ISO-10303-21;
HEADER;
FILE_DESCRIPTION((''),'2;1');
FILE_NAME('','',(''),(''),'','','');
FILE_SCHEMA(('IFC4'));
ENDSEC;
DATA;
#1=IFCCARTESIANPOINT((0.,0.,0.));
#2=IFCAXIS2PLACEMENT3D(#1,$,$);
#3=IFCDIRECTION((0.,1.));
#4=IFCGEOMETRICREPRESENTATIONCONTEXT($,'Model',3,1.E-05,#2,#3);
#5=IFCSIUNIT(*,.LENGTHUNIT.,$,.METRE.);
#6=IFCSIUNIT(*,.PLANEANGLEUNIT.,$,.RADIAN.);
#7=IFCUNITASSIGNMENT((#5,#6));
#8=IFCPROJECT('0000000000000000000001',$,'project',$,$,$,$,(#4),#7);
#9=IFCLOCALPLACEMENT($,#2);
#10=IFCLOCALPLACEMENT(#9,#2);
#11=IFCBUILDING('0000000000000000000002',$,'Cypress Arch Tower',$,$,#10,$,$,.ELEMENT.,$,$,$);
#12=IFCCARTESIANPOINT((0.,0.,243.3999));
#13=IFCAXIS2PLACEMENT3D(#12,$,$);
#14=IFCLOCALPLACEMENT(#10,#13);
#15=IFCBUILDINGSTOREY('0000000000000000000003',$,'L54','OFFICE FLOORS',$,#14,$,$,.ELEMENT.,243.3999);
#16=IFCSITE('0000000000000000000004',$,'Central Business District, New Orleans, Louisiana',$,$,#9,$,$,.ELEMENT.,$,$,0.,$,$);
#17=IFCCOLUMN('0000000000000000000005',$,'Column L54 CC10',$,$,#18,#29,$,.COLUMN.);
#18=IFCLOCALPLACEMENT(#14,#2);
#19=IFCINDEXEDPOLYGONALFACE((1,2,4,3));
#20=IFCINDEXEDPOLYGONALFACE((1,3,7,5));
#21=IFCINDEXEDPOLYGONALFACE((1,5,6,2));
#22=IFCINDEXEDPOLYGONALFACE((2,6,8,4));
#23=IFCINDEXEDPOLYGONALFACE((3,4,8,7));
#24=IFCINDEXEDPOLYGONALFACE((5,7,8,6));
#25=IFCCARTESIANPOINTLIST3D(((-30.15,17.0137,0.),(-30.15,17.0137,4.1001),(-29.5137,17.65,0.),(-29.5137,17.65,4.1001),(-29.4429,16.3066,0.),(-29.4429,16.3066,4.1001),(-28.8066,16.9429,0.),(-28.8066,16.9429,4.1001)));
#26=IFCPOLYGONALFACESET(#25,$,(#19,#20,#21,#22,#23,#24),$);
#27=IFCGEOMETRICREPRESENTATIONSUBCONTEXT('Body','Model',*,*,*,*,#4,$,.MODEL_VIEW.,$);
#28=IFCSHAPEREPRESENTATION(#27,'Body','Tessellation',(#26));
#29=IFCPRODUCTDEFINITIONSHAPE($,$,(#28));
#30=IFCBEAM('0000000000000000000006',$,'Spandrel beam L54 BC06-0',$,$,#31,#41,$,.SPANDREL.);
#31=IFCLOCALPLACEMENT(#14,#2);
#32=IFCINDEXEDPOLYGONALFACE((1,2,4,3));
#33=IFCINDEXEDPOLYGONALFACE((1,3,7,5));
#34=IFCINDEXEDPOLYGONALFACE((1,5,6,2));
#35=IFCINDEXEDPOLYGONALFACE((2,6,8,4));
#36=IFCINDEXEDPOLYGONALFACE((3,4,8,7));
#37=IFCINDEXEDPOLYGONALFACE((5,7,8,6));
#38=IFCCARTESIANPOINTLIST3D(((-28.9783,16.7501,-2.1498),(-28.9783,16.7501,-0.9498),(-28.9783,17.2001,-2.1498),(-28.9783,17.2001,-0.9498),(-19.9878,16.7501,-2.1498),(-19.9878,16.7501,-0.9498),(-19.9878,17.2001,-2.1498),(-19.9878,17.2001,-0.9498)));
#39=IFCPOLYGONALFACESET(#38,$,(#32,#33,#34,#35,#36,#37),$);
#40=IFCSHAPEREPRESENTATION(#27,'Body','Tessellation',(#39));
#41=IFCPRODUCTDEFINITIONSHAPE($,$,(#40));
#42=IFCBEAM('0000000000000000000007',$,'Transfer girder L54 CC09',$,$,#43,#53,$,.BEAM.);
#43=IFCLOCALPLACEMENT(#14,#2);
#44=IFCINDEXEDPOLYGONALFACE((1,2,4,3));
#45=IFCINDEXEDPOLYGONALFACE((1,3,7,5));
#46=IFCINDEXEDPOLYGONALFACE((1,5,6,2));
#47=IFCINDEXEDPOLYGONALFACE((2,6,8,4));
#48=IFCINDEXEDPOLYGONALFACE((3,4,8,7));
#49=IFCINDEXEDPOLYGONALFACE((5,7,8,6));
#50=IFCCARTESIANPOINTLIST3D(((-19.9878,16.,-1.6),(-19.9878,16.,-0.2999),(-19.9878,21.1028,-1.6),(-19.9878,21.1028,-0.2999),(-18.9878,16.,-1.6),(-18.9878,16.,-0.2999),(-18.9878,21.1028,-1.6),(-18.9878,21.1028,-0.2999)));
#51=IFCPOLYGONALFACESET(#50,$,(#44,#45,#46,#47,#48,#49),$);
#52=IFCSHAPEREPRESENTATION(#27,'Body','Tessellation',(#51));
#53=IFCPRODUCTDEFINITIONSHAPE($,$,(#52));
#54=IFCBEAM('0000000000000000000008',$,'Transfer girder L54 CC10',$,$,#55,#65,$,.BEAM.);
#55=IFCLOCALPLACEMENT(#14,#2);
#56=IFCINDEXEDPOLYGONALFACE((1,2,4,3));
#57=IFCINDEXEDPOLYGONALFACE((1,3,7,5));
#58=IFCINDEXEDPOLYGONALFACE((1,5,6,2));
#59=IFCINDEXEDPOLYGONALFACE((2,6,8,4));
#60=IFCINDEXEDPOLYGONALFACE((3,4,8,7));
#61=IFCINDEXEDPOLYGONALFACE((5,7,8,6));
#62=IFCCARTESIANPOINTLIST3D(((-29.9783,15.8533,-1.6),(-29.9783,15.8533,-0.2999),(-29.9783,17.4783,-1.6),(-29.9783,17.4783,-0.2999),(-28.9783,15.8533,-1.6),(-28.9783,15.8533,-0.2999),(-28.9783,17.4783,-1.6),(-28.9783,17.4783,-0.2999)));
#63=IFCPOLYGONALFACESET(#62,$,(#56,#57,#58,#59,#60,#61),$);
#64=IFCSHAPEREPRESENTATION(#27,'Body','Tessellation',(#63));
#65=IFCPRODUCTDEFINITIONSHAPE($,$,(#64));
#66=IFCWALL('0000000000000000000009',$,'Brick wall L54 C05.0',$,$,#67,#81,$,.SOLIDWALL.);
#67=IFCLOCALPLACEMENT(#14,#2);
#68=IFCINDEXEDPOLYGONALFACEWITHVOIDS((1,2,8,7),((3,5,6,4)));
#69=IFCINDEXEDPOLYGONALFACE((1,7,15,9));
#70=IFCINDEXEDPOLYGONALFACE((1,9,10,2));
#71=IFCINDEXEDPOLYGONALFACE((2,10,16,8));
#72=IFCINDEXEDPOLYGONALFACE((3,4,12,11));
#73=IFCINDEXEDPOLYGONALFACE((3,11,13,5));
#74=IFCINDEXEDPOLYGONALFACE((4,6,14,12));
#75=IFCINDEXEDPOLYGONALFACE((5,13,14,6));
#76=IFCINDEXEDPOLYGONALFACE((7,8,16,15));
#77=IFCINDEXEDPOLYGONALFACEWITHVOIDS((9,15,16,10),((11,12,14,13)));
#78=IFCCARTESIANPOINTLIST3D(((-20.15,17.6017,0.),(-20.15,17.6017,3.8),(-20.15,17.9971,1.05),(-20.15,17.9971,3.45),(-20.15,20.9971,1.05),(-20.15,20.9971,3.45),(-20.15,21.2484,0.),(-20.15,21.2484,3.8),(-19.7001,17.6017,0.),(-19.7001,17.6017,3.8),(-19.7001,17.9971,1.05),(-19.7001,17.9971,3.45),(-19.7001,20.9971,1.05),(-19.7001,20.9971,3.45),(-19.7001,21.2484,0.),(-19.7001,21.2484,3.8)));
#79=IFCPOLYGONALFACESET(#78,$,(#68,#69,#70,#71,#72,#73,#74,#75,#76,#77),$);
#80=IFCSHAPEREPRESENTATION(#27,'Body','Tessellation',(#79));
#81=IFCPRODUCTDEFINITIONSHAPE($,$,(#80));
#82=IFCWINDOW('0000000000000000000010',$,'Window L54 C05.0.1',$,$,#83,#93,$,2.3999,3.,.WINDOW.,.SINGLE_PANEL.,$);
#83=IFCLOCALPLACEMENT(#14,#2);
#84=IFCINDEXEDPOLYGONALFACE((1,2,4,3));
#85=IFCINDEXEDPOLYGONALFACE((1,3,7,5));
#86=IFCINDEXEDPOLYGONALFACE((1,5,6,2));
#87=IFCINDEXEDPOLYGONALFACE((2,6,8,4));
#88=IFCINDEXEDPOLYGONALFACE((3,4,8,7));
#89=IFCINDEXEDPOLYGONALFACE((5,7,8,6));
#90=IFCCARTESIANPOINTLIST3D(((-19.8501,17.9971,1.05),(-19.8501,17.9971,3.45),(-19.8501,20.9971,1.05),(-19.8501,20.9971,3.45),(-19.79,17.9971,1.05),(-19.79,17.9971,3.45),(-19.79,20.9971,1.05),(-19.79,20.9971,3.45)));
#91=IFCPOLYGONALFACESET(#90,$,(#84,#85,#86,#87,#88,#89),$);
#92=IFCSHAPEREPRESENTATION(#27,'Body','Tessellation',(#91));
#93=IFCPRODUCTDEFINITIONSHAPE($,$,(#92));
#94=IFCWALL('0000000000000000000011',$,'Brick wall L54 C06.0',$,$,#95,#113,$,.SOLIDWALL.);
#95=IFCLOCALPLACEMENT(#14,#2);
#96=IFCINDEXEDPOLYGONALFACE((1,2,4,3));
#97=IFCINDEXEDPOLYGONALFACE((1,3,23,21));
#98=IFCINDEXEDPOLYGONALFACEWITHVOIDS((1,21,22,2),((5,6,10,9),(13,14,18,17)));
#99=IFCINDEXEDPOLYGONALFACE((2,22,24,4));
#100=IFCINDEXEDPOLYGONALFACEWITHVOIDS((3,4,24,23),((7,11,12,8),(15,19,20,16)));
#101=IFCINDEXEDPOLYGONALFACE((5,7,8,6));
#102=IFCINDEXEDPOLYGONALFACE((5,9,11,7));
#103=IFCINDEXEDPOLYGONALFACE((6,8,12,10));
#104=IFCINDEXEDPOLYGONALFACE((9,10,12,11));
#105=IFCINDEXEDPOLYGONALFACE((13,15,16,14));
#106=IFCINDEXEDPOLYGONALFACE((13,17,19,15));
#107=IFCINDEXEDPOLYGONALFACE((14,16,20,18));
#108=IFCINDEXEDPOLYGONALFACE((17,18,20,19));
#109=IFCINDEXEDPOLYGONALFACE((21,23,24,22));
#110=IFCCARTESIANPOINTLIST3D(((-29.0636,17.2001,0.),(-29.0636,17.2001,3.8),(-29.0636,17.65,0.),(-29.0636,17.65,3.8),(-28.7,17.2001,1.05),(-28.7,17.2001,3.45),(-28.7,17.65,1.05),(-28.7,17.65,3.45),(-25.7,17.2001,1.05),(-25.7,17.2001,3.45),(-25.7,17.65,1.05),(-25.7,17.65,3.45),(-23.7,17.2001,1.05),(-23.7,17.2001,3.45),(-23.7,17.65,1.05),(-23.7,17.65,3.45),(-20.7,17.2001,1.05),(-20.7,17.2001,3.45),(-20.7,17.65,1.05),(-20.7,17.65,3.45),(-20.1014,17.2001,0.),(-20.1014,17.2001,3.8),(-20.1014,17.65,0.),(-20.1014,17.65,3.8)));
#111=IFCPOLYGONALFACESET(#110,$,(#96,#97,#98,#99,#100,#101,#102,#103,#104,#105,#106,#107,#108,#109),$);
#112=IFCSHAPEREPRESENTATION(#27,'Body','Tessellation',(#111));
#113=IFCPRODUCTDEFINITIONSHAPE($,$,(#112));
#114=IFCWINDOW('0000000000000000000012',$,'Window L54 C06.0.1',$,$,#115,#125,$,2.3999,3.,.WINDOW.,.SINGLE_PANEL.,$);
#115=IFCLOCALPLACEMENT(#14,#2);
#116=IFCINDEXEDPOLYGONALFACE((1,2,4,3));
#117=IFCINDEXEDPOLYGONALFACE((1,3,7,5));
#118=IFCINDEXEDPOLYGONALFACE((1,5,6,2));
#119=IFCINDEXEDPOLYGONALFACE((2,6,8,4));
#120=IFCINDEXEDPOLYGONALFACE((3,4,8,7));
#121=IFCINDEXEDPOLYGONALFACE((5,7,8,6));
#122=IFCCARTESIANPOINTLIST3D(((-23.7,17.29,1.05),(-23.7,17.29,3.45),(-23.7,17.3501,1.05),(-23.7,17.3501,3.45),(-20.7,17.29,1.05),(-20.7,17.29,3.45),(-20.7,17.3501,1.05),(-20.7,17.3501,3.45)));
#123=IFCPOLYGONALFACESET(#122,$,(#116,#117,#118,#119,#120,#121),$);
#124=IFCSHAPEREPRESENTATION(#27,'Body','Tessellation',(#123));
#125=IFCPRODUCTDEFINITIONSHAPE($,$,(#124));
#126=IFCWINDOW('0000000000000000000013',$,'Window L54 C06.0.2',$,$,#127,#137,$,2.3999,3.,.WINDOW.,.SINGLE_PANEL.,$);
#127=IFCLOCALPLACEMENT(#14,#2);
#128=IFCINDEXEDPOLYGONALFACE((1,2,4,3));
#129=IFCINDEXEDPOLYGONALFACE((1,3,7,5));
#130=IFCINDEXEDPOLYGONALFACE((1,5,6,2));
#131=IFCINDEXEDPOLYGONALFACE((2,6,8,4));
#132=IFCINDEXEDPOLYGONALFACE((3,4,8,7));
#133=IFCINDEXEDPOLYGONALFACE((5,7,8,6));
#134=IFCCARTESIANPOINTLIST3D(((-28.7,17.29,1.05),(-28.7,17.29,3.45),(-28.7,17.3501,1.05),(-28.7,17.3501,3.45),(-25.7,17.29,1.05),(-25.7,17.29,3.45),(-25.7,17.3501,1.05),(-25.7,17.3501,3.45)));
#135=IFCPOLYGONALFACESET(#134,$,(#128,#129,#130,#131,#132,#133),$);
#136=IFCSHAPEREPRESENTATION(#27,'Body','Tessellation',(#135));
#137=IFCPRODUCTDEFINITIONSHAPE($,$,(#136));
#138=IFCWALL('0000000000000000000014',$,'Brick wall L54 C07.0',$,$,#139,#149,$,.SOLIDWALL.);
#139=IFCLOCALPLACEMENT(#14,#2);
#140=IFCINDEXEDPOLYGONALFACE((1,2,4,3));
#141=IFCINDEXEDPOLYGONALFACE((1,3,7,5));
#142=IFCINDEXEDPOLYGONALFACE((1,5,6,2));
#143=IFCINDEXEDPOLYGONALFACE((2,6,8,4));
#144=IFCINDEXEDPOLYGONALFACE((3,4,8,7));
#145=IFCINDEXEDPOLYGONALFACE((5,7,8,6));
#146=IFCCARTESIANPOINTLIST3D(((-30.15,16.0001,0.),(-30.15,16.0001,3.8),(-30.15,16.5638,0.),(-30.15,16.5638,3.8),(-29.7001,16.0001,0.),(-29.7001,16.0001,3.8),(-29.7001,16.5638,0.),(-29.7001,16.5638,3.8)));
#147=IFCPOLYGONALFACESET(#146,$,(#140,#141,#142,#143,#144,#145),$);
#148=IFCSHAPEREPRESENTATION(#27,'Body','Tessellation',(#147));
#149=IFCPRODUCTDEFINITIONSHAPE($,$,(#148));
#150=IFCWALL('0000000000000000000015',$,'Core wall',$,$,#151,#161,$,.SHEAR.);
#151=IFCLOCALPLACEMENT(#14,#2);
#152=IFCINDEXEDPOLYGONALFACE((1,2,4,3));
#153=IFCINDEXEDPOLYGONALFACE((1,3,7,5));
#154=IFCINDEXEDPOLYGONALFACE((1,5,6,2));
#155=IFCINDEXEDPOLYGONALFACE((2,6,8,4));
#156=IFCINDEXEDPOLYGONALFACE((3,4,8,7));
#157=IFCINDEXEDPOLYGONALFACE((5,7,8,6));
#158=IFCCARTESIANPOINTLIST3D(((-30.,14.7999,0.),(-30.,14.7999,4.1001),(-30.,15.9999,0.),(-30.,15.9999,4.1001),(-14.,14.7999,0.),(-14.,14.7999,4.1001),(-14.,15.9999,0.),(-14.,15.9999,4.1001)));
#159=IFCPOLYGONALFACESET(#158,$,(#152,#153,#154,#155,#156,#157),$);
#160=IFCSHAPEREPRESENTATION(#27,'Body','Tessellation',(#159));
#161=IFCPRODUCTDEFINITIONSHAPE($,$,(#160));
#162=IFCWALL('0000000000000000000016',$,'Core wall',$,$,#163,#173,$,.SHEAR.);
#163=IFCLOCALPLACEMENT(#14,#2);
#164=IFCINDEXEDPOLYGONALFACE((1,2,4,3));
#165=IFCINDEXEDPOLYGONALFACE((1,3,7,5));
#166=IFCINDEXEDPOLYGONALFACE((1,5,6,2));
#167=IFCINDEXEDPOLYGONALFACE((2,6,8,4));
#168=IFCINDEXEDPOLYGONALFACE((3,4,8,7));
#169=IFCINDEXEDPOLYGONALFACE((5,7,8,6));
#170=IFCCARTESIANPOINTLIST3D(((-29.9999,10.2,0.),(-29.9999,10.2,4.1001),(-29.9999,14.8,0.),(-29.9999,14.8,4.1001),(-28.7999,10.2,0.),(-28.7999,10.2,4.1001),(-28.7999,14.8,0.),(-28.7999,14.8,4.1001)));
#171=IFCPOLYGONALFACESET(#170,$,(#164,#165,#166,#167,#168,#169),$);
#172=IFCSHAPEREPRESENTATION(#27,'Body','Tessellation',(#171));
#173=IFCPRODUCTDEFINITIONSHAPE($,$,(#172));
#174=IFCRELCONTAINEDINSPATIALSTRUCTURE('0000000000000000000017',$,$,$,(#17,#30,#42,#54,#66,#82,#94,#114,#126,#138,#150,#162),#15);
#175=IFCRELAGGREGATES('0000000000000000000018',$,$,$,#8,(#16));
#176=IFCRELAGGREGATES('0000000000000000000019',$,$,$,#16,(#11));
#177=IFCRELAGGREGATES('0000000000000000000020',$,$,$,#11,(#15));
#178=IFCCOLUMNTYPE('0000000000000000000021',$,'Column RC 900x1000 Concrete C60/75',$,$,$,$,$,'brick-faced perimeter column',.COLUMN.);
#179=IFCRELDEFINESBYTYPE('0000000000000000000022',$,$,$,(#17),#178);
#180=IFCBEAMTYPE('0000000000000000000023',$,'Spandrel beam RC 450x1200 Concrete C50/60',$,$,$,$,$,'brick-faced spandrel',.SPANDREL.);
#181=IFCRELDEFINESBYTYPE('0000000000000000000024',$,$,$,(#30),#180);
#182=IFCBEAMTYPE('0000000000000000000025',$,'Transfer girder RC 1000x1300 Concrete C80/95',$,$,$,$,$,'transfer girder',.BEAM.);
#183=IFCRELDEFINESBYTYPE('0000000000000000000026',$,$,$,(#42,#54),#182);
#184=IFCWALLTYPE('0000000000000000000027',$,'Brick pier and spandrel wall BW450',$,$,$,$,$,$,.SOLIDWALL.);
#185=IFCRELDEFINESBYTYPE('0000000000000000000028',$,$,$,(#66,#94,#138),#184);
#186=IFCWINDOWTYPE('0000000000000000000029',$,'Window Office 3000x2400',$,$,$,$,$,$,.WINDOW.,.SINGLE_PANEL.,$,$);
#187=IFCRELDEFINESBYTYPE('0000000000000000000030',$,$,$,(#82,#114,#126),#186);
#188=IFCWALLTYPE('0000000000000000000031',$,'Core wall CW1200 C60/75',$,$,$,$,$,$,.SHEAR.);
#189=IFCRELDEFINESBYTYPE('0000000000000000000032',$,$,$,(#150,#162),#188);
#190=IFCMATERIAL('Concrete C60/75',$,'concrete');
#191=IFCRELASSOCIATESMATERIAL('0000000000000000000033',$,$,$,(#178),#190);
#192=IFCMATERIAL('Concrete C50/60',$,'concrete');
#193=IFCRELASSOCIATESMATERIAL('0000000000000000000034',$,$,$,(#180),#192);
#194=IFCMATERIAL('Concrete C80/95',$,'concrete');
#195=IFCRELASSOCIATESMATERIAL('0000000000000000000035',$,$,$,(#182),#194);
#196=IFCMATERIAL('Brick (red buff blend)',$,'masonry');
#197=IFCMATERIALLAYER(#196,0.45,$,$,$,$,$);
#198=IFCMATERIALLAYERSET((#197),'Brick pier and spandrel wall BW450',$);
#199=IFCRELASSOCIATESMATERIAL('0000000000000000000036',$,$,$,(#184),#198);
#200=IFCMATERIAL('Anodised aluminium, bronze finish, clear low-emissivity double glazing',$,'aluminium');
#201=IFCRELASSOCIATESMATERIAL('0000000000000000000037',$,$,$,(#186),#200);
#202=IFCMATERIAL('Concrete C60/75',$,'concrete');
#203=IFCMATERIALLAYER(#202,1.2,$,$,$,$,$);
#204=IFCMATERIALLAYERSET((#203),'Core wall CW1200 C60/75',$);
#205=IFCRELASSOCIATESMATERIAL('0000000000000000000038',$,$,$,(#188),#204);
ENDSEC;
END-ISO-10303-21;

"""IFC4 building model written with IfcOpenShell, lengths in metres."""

from ifc_helpers import new_model, si_unit, direction, frame, frame_2d, origin, origin_2d, place, context, subcontext, project, spatial, rectangle, extrude, material, layer, layer_set, material_profile, profile_set, type_object, element, fill, save


model = new_model("IFC4")

# Units and contexts
model_context = context("Model", 3, precision=1e-05, world=origin(), true_north=direction((0.0, 1.0)))
body_context = subcontext(model_context, "Body", "Model", "MODEL_VIEW")
ifc_project = project(units=[si_unit("LENGTHUNIT", "METRE"), si_unit("PLANEANGLEUNIT", "RADIAN")], contexts=[model_context])

# Site, building, storey
site_placement = place(None, origin())
site = spatial("IfcSite", under=ifc_project, at=site_placement, Name="Central Business District, New Orleans, Louisiana", CompositionType="ELEMENT", RefElevation=0.0)
building_placement = place(site_placement, origin())
building = spatial("IfcBuilding", under=site, at=building_placement, Name="Cypress Arch Tower", CompositionType="ELEMENT")
storey_placement = place(building_placement, frame((0.0, 0.0, 243.3999)))
storey = spatial("IfcBuildingStorey", under=building, at=storey_placement, Name="L54", Description="OFFICE FLOORS", CompositionType="ELEMENT", Elevation=243.3999)

# Column
ifc_material_1 = material(Name="Concrete C60/75", Category="concrete")
ifc_material_profile_1 = material_profile(ifc_material_1, rectangle(XDim=0.8999, YDim=1.0, at=origin_2d()), Name="RC 900x1000")
ifc_profile_set_1 = profile_set([ifc_material_profile_1], Name="Concrete C60/75")
column_type = type_object("IfcColumnType", Name="Column RC 900x1000 Concrete C60/75", ElementType="brick-faced perimeter column", PredefinedType="COLUMN", material=ifc_profile_set_1)
column_placement = place(storey_placement, frame((-29.4783, 16.9783, 0.0), z_axis=(0.0, 0.0, 1.0), x_axis=(-0.707107, -0.707107, 0.0)))
element("IfcColumn", 1, at=column_placement, inside=storey, type_object=column_type, Name="Column L54 CC10", PredefinedType="COLUMN", context=body_context, shape_type="SweptSolid", body=[
    extrude(rectangle(XDim=0.8999, YDim=1.0, at=origin_2d()), origin(), (0.0, 0.0, 1.0), 4.1001),
])

# Beams
ifc_material_2 = material(Name="Concrete C50/60", Category="concrete")
ifc_material_profile_2 = material_profile(ifc_material_2, rectangle(XDim=0.45, YDim=1.2, at=origin_2d()), Name="RC 450x1200")
ifc_profile_set_2 = profile_set([ifc_material_profile_2], Name="Concrete C50/60")
beam_type_1 = type_object("IfcBeamType", Name="Spandrel beam RC 450x1200 Concrete C50/60", ElementType="brick-faced spandrel", PredefinedType="SPANDREL", material=ifc_profile_set_2)
beam_1_placement = place(storey_placement, frame((-19.9878, 16.9751, -1.5498), z_axis=(-1.0, 0.0, 0.0), x_axis=(0.0, -1.0, 0.0)))
element("IfcBeam", 2, at=beam_1_placement, inside=storey, type_object=beam_type_1, Name="Spandrel beam L54 BC06-0", PredefinedType="SPANDREL", context=body_context, shape_type="SweptSolid", body=[
    extrude(rectangle(XDim=0.45, YDim=1.2, at=origin_2d()), origin(), (0.0, 0.0, 1.0), 8.9905),
])
ifc_material_3 = material(Name="Concrete C80/95", Category="concrete")
ifc_material_profile_3 = material_profile(ifc_material_3, rectangle(XDim=1.0, YDim=1.3, at=origin_2d()), Name="RC 1000x1300")
ifc_profile_set_3 = profile_set([ifc_material_profile_3], Name="Concrete C80/95")
beam_type_2 = type_object("IfcBeamType", Name="Transfer girder RC 1000x1300 Concrete C80/95", ElementType="transfer girder", PredefinedType="BEAM", material=ifc_profile_set_3)
beam_2_placement = place(storey_placement, frame((-19.4878, 16.0, -0.95), z_axis=(0.0, 1.0, 0.0), x_axis=(-1.0, 0.0, 0.0)))
element("IfcBeam", 3, at=beam_2_placement, inside=storey, type_object=beam_type_2, Name="Transfer girder L54 CC09", PredefinedType="BEAM", context=body_context, shape_type="SweptSolid", body=[
    extrude(rectangle(XDim=1.0, YDim=1.3, at=origin_2d()), origin(), (0.0, 0.0, 1.0), 5.1028),
])
beam_3_placement = place(storey_placement, frame((-29.4783, 17.4783, -0.95), z_axis=(0.0, -1.0, 0.0), x_axis=(1.0, 0.0, 0.0)))
element("IfcBeam", 4, at=beam_3_placement, inside=storey, type_object=beam_type_2, Name="Transfer girder L54 CC10", PredefinedType="BEAM", context=body_context, shape_type="SweptSolid", body=[
    extrude(rectangle(XDim=1.0, YDim=1.3, at=origin_2d()), origin(), (0.0, 0.0, 1.0), 1.625),
])

# Wall, opening, window
ifc_material_4 = material(Name="Brick (red buff blend)", Category="masonry")
ifc_layer_1 = layer(ifc_material_4, 0.45)
ifc_layer_set_1 = layer_set([ifc_layer_1], Name="Brick pier and spandrel wall BW450")
wall_type_1 = type_object("IfcWallType", Name="Brick pier and spandrel wall BW450", PredefinedType="SOLIDWALL", material=ifc_layer_set_1)
wall_1_placement = place(storey_placement, frame((-19.925, 21.2483, 0.0), z_axis=(0.0, 0.0, 1.0), x_axis=(0.0, -1.0, 0.0)))
wall_1 = element("IfcWall", 5, at=wall_1_placement, inside=storey, type_object=wall_type_1, Name="Brick wall L54 C05.0", PredefinedType="SOLIDWALL", context=body_context, shape_type="SweptSolid", body=[
    extrude(rectangle(XDim=3.6467, YDim=0.45, at=frame_2d((1.8232, 0.0))), origin(), (0.0, 0.0, 1.0), 3.8),
])
opening_1_placement = place(wall_1_placement, frame((0.2512, 0.0, 1.05)))
opening_1 = element("IfcOpeningElement", 6, at=opening_1_placement, cuts=wall_1, PredefinedType="OPENING", context=body_context, shape_type="SweptSolid", body=[
    extrude(rectangle(XDim=3.0, YDim=2.3999, at=frame_2d((1.5, 1.2))), frame((0.0, 0.2349, 0.0), z_axis=(0.0, -1.0, 0.0), x_axis=(1.0, 0.0, 0.0)), (0.0, 0.0, 1.0), 0.47),
])
ifc_material_5 = material(Name="Anodised aluminium, bronze finish, clear low-emissivity double glazing", Category="aluminium")
window_type = type_object("IfcWindowType", Name="Window Office 3000x2400", PartitioningType="SINGLE_PANEL", PredefinedType="WINDOW", material=ifc_material_5)
window_1_placement = place(opening_1_placement, origin())
window_1 = element("IfcWindow", 7, at=window_1_placement, inside=storey, type_object=window_type, Name="Window L54 C05.0.1", OverallHeight=2.3999, OverallWidth=3.0, PartitioningType="SINGLE_PANEL", PredefinedType="WINDOW", context=body_context, shape_type="SweptSolid", body=[
    extrude(rectangle(XDim=3.0, YDim=2.3999, at=frame_2d((1.5, 1.2))), frame((0.0, 0.135, 0.0), z_axis=(0.0, -1.0, 0.0), x_axis=(1.0, 0.0, 0.0)), (0.0, 0.0, 1.0), 0.0601),
])
fill(opening_1, window_1)

# Wall, openings, windows
wall_2_placement = place(storey_placement, frame((-20.1016, 17.425, 0.0), z_axis=(0.0, 0.0, 1.0), x_axis=(-1.0, 0.0, 0.0)))
wall_2 = element("IfcWall", 8, at=wall_2_placement, inside=storey, type_object=wall_type_1, Name="Brick wall L54 C06.0", PredefinedType="SOLIDWALL", context=body_context, shape_type="SweptSolid", body=[
    extrude(rectangle(XDim=8.9622, YDim=0.45, at=frame_2d((4.481, 0.0))), origin(), (0.0, 0.0, 1.0), 3.8),
])
opening_2_placement = place(wall_2_placement, frame((0.5984, 0.0, 1.05)))
opening_2 = element("IfcOpeningElement", 9, at=opening_2_placement, cuts=wall_2, PredefinedType="OPENING", context=body_context, shape_type="SweptSolid", body=[
    extrude(rectangle(XDim=3.0, YDim=2.3999, at=frame_2d((1.5, 1.2))), frame((0.0, 0.2349, 0.0), z_axis=(0.0, -1.0, 0.0), x_axis=(1.0, 0.0, 0.0)), (0.0, 0.0, 1.0), 0.47),
])
opening_3_placement = place(wall_2_placement, frame((5.5984, 0.0, 1.05)))
opening_3 = element("IfcOpeningElement", 10, at=opening_3_placement, cuts=wall_2, PredefinedType="OPENING", context=body_context, shape_type="SweptSolid", body=[
    extrude(rectangle(XDim=3.0, YDim=2.3999, at=frame_2d((1.5, 1.2))), frame((0.0, 0.2349, 0.0), z_axis=(0.0, -1.0, 0.0), x_axis=(1.0, 0.0, 0.0)), (0.0, 0.0, 1.0), 0.47),
])
window_2_placement = place(opening_2_placement, origin())
window_2 = element("IfcWindow", 11, at=window_2_placement, inside=storey, type_object=window_type, Name="Window L54 C06.0.1", OverallHeight=2.3999, OverallWidth=3.0, PartitioningType="SINGLE_PANEL", PredefinedType="WINDOW", context=body_context, shape_type="SweptSolid", body=[
    extrude(rectangle(XDim=3.0, YDim=2.3999, at=frame_2d((1.5, 1.2))), frame((0.0, 0.135, 0.0), z_axis=(0.0, -1.0, 0.0), x_axis=(1.0, 0.0, 0.0)), (0.0, 0.0, 1.0), 0.0601),
])
fill(opening_2, window_2)
window_3_placement = place(opening_3_placement, origin())
window_3 = element("IfcWindow", 12, at=window_3_placement, inside=storey, type_object=window_type, Name="Window L54 C06.0.2", OverallHeight=2.3999, OverallWidth=3.0, PartitioningType="SINGLE_PANEL", PredefinedType="WINDOW", context=body_context, shape_type="SweptSolid", body=[
    extrude(rectangle(XDim=3.0, YDim=2.3999, at=frame_2d((1.5, 1.2))), frame((0.0, 0.135, 0.0), z_axis=(0.0, -1.0, 0.0), x_axis=(1.0, 0.0, 0.0)), (0.0, 0.0, 1.0), 0.0601),
])
fill(opening_3, window_3)

# Walls
wall_3_placement = place(storey_placement, frame((-29.925, 16.5637, 0.0), z_axis=(0.0, 0.0, 1.0), x_axis=(0.0, -1.0, 0.0)))
element("IfcWall", 13, at=wall_3_placement, inside=storey, type_object=wall_type_1, Name="Brick wall L54 C07.0", PredefinedType="SOLIDWALL", context=body_context, shape_type="SweptSolid", body=[
    extrude(rectangle(XDim=0.5637, YDim=0.45, at=frame_2d((0.2817, 0.0))), origin(), (0.0, 0.0, 1.0), 3.8),
])
ifc_material_6 = material(Name="Concrete C60/75", Category="concrete")
ifc_layer_2 = layer(ifc_material_6, 1.2)
ifc_layer_set_2 = layer_set([ifc_layer_2], Name="Core wall CW1200 C60/75")
wall_type_2 = type_object("IfcWallType", Name="Core wall CW1200 C60/75", PredefinedType="SHEAR", material=ifc_layer_set_2)
wall_4_placement = place(storey_placement, frame((-30.0, 15.3999, 0.0), z_axis=(0.0, 0.0, 1.0), x_axis=(1.0, 0.0, 0.0)))
element("IfcWall", 14, at=wall_4_placement, inside=storey, type_object=wall_type_2, Name="Core wall", PredefinedType="SHEAR", context=body_context, shape_type="SweptSolid", body=[
    extrude(rectangle(XDim=16.0, YDim=1.2, at=frame_2d((8.0, 0.0))), origin(), (0.0, 0.0, 1.0), 4.1001),
])
wall_5_placement = place(storey_placement, frame((-29.3999, 10.2, 0.0), z_axis=(0.0, 0.0, 1.0), x_axis=(0.0, 1.0, 0.0)))
element("IfcWall", 15, at=wall_5_placement, inside=storey, type_object=wall_type_2, Name="Core wall", PredefinedType="SHEAR", context=body_context, shape_type="SweptSolid", body=[
    extrude(rectangle(XDim=4.6001, YDim=1.2, at=frame_2d((2.3, 0.0))), origin(), (0.0, 0.0, 1.0), 4.1001),
])

save(model, "model.ifc")
